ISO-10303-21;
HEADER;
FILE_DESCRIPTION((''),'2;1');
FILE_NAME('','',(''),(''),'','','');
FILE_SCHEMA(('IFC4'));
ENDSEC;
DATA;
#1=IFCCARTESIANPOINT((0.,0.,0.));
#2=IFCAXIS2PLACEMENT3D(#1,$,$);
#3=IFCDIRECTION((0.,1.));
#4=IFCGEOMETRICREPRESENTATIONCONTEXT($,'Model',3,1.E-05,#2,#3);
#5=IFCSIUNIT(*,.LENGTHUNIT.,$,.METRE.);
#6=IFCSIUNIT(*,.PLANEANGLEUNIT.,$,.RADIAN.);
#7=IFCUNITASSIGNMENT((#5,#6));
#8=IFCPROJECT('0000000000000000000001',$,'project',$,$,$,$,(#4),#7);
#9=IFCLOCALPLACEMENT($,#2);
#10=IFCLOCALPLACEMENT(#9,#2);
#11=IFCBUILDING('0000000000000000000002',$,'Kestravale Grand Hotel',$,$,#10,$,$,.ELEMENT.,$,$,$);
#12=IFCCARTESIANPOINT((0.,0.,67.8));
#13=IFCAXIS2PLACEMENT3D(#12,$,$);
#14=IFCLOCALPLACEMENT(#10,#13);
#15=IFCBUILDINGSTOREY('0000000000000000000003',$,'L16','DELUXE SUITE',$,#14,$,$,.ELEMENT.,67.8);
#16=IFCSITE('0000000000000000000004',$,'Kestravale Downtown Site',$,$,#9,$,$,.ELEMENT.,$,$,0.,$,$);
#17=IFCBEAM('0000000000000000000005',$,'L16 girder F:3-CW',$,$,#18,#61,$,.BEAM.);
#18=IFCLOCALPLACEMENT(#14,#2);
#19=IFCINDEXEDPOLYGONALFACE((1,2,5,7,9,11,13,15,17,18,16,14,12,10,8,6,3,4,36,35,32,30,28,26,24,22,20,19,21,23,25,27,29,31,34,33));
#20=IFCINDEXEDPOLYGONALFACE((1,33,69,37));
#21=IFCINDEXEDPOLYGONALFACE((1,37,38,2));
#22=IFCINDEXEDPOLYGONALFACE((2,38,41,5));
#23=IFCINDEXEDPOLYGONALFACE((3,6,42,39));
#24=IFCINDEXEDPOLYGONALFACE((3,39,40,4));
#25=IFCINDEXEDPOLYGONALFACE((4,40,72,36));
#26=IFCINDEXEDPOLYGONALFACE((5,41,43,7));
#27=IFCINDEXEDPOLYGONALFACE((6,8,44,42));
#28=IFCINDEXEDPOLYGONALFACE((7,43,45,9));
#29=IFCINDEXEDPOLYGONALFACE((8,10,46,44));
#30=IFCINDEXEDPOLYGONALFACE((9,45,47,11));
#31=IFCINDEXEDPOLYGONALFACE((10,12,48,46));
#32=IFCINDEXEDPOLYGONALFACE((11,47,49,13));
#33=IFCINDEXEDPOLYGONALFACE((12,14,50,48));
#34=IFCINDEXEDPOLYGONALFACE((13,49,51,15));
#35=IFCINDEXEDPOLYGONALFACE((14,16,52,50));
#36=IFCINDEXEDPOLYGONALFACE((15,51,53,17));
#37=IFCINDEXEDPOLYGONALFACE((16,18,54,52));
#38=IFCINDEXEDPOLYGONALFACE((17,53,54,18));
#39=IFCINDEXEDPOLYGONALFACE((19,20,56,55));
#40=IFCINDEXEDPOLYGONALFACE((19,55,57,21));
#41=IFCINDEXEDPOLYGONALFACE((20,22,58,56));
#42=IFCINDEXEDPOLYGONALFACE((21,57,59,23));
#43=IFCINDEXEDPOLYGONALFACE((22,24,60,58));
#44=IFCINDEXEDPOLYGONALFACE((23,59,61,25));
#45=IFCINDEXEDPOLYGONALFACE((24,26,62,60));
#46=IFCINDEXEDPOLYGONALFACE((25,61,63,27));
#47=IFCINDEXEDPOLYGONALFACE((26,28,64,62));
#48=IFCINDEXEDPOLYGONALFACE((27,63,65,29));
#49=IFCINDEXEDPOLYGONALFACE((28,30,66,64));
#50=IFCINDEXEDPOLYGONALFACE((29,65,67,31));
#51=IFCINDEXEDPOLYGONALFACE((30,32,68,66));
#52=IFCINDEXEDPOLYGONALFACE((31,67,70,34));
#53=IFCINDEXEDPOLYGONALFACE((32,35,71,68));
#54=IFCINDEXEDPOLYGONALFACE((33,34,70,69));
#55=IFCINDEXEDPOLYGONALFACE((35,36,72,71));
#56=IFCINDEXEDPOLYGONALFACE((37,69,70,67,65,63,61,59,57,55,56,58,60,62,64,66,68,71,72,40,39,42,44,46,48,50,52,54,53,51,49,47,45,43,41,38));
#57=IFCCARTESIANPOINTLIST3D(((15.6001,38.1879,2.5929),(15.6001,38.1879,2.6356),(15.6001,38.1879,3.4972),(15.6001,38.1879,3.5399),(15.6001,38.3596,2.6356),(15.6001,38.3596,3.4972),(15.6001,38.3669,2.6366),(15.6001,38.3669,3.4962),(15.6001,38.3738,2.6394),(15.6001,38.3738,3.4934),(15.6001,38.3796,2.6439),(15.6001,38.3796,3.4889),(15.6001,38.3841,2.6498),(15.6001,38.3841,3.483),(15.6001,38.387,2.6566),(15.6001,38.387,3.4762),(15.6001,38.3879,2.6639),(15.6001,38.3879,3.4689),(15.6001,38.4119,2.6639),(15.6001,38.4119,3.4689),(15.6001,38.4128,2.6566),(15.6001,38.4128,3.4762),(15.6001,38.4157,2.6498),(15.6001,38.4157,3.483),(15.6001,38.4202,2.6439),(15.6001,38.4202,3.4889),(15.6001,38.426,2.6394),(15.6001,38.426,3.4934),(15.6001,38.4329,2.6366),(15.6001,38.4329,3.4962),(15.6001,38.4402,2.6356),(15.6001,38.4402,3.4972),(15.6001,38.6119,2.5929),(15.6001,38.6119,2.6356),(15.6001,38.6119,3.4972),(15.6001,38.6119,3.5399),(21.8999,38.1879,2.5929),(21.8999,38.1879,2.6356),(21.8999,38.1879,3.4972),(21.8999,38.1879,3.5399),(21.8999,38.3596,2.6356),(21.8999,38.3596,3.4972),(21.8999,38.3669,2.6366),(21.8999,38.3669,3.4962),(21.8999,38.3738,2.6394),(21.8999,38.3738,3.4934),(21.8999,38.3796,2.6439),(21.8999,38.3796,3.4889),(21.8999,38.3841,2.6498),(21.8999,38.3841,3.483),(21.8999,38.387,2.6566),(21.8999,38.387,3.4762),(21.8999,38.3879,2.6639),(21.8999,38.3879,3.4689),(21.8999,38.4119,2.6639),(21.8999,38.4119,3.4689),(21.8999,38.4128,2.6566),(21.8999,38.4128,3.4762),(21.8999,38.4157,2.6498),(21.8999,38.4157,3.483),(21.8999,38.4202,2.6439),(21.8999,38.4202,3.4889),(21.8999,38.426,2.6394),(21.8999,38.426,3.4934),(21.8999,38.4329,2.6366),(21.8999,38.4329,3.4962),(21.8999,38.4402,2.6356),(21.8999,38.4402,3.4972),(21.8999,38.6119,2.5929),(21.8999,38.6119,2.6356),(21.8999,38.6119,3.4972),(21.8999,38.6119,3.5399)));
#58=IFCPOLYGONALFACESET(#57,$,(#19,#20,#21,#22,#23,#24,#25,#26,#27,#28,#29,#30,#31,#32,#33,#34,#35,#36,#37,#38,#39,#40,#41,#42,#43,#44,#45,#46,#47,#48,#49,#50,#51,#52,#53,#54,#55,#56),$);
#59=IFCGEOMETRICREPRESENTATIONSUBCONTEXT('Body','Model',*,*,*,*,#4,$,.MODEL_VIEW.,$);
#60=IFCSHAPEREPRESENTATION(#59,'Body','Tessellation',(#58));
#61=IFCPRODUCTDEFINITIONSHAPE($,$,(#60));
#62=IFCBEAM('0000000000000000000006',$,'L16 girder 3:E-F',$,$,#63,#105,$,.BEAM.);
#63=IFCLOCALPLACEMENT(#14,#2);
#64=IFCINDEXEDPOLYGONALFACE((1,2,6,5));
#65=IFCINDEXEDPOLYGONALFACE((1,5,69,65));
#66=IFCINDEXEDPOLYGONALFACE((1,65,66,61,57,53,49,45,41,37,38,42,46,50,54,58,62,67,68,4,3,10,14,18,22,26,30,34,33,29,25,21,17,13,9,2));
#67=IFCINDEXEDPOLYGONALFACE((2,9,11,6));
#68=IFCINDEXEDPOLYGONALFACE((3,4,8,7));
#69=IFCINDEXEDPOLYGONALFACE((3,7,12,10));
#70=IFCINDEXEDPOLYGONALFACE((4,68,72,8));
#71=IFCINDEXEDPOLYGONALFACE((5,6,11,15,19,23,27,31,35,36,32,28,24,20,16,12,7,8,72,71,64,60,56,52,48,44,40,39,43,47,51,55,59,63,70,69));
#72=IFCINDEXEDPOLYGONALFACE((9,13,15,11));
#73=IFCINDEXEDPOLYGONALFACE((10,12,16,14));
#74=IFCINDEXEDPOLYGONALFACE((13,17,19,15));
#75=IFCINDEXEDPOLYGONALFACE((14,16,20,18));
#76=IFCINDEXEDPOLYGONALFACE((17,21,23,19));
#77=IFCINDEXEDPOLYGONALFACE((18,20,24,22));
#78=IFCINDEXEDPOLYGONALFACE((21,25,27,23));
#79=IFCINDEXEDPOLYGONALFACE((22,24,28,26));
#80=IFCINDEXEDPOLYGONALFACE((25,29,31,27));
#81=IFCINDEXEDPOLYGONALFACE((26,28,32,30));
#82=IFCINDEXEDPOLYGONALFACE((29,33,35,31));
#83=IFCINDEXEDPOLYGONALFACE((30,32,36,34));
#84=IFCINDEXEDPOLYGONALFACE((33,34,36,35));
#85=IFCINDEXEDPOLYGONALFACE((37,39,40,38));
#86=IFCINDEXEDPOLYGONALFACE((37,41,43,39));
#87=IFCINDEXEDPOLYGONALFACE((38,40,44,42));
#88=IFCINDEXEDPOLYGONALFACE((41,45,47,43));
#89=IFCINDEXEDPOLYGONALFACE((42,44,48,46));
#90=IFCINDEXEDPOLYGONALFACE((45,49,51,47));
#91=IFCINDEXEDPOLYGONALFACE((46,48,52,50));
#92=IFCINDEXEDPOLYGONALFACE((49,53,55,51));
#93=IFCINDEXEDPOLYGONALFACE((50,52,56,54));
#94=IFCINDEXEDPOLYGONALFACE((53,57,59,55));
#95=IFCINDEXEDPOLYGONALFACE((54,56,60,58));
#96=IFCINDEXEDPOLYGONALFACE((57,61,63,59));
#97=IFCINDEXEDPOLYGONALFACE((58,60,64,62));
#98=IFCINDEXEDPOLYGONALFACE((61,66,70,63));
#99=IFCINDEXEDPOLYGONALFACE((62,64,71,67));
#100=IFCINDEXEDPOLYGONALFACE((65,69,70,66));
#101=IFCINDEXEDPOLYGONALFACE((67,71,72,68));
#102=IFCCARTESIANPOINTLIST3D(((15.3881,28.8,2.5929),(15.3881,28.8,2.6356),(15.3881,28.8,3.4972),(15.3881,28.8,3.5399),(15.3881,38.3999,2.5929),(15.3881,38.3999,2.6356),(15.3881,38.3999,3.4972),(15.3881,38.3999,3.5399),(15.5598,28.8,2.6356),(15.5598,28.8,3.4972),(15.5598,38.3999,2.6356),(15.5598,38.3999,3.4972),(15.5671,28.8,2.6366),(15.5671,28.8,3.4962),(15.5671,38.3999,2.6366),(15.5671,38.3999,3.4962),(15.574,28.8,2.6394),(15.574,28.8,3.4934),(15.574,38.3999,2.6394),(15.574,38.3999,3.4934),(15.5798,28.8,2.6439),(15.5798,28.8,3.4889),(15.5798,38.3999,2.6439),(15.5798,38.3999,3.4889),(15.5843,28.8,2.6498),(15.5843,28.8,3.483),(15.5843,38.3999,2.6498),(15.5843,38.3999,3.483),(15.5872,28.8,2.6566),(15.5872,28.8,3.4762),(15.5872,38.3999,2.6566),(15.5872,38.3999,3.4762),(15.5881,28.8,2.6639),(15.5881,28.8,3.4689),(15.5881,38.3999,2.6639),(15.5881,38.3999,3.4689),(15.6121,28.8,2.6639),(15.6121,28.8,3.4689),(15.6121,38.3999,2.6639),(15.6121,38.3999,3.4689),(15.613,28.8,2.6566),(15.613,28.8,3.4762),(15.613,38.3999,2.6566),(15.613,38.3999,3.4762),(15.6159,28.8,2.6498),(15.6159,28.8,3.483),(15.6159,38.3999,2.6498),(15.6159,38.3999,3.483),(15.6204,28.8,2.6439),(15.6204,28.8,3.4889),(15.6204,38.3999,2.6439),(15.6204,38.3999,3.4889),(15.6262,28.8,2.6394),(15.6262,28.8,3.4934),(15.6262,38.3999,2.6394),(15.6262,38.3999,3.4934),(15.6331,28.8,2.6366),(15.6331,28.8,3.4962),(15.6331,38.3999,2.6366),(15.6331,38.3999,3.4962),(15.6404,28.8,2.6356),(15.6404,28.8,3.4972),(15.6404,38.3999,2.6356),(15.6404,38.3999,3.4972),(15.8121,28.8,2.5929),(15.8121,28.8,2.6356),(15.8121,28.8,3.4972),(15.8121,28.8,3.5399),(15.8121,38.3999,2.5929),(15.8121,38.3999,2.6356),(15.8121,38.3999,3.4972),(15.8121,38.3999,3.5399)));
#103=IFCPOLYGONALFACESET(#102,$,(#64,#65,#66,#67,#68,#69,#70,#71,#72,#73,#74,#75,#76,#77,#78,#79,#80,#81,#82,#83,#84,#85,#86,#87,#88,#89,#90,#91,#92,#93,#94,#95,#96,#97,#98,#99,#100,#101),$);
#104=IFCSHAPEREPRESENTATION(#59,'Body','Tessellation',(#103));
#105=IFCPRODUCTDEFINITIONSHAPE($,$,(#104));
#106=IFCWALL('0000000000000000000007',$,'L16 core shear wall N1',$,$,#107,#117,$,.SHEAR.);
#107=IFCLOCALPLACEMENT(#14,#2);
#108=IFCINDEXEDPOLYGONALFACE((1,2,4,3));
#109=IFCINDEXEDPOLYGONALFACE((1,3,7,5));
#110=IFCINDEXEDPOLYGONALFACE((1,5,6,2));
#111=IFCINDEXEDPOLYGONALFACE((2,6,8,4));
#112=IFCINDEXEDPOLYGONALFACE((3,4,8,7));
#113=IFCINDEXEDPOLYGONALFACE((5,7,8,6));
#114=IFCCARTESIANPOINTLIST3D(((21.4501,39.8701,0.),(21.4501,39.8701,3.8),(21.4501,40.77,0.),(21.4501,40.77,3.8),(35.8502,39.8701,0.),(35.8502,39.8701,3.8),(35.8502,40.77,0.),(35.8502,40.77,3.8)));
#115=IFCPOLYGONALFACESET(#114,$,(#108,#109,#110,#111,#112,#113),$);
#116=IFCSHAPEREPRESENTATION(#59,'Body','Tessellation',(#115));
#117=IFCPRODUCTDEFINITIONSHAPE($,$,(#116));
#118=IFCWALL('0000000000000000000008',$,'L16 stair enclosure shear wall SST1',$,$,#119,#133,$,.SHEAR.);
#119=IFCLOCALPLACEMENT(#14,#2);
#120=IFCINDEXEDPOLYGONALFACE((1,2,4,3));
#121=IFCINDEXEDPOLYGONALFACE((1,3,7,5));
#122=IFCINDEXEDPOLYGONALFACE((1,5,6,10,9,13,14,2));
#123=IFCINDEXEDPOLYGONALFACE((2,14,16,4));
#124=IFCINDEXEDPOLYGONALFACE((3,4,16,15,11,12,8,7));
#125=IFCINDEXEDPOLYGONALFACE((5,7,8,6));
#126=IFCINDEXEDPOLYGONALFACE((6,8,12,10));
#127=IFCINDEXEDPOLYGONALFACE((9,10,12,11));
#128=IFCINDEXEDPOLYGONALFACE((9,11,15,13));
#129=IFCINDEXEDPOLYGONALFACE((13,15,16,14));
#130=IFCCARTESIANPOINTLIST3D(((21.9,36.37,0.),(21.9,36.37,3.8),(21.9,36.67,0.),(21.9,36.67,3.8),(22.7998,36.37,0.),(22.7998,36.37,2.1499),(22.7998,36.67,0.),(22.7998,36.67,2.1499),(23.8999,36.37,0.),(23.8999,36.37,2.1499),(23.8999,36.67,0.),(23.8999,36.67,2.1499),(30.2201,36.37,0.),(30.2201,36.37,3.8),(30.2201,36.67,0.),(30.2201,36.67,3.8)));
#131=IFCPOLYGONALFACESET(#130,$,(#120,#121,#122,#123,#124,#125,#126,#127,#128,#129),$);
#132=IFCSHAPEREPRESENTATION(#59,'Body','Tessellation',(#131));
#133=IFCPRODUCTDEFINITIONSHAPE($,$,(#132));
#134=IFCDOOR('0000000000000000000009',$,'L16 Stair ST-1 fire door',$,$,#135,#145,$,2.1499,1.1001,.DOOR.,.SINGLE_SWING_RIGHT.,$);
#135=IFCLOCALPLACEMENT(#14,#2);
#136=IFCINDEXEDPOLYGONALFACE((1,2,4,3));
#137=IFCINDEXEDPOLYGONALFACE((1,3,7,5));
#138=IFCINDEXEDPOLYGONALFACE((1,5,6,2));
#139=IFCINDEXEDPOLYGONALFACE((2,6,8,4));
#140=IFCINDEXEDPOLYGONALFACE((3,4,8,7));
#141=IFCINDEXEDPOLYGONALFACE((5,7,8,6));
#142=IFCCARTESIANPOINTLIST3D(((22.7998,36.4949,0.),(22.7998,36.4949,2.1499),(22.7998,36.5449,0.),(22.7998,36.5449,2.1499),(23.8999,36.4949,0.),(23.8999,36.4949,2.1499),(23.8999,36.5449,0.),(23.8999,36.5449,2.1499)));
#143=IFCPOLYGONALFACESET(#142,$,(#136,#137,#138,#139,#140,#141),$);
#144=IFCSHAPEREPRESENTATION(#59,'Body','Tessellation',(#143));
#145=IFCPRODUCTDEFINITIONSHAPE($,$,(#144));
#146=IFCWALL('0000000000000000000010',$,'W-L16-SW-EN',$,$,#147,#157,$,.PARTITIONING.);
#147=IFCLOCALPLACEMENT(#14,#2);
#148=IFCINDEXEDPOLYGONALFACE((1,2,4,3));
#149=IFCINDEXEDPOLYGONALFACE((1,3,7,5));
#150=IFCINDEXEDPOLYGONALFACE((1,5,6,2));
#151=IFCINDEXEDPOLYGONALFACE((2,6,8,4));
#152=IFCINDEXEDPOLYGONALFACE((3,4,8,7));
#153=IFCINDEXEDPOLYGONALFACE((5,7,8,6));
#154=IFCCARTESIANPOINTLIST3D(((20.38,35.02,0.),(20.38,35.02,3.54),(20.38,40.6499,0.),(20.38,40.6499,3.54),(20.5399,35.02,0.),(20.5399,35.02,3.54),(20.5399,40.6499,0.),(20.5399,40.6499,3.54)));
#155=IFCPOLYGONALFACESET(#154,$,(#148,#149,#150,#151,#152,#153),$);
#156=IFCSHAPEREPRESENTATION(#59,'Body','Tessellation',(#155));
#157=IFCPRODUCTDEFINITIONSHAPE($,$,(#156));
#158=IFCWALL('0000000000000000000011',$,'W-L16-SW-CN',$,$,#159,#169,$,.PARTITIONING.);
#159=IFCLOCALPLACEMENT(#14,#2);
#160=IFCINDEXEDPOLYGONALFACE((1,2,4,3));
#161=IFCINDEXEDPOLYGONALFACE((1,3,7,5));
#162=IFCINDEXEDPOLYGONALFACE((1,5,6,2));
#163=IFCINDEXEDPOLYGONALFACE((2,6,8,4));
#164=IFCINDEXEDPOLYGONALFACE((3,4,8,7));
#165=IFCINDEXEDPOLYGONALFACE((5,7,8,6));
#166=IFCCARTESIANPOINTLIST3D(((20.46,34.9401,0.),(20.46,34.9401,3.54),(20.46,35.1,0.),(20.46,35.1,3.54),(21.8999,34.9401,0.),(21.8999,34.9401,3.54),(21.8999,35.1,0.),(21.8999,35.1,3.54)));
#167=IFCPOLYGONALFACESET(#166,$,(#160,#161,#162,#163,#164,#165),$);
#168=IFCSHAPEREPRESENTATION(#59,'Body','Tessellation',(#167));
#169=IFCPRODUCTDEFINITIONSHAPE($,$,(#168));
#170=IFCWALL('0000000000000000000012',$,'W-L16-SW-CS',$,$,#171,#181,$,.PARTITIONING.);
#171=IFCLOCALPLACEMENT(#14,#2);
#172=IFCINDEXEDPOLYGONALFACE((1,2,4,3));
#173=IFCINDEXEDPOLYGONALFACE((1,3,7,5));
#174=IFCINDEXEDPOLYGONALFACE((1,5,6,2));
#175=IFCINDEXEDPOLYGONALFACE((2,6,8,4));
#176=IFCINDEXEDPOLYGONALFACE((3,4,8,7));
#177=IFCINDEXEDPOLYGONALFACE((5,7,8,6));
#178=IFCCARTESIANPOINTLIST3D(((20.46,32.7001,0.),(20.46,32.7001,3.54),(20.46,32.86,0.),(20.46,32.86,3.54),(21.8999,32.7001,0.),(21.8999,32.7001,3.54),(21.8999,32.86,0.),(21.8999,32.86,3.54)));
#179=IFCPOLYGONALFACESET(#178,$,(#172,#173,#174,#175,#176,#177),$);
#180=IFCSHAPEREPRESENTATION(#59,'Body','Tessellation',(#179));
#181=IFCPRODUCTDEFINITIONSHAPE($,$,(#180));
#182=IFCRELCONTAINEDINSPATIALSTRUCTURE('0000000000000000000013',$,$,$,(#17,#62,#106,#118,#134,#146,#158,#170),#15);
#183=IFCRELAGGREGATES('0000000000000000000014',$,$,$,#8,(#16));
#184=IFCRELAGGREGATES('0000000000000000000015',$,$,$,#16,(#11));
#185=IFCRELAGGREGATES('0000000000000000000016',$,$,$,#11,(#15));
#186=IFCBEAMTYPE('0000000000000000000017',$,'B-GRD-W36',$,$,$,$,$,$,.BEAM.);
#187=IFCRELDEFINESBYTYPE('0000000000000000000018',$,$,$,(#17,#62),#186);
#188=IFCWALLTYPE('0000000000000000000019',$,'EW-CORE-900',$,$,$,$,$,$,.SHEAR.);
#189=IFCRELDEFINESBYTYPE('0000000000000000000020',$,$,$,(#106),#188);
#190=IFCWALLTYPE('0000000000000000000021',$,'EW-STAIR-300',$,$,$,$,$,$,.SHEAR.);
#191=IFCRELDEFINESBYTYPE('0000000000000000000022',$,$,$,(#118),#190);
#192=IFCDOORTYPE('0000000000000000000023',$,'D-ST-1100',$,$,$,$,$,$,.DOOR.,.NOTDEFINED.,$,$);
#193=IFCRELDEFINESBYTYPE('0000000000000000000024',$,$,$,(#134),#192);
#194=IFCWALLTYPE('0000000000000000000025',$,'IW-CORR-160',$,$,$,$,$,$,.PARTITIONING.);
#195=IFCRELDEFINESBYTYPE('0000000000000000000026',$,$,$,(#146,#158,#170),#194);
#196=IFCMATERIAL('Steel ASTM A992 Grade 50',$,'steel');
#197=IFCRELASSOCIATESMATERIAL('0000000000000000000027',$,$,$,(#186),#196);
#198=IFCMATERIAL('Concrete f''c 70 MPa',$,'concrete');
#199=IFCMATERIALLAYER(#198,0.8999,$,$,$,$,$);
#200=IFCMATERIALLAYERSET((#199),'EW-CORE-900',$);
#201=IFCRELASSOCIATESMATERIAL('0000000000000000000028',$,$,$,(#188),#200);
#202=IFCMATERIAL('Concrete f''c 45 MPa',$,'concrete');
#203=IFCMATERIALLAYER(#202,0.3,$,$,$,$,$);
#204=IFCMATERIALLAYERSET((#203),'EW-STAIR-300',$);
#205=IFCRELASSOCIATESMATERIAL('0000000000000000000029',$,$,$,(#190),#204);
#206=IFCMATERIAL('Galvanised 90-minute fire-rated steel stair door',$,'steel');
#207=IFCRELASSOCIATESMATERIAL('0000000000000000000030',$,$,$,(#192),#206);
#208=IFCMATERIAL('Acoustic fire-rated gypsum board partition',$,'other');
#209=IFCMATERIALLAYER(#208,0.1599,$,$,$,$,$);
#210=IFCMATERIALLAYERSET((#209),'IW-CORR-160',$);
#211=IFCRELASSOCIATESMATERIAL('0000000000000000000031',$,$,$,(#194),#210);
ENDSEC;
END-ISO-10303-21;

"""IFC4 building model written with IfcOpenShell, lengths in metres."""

from ifc_helpers import new_model, si_unit, direction, frame, frame_2d, origin, origin_2d, place, context, subcontext, project, spatial, rectangle, i_section, extrude, material, layer, layer_set, material_profile, profile_set, type_object, element, fill, save


model = new_model("IFC4")

# Units and contexts
model_context = context("Model", 3, precision=1e-05, world=origin(), true_north=direction((0.0, 1.0)))
body_context = subcontext(model_context, "Body", "Model", "MODEL_VIEW")
ifc_project = project(units=[si_unit("LENGTHUNIT", "METRE"), si_unit("PLANEANGLEUNIT", "RADIAN")], contexts=[model_context])

# Site, building, storey
site_placement = place(None, origin())
site = spatial("IfcSite", under=ifc_project, at=site_placement, Name="Kestravale Downtown Site", CompositionType="ELEMENT", RefElevation=0.0)
building_placement = place(site_placement, origin())
building = spatial("IfcBuilding", under=site, at=building_placement, Name="Kestravale Grand Hotel", CompositionType="ELEMENT")
storey_placement = place(building_placement, frame((0.0, 0.0, 67.8)))
storey = spatial("IfcBuildingStorey", under=building, at=storey_placement, Name="L16", Description="DELUXE SUITE", CompositionType="ELEMENT", Elevation=67.8)

# Beams
ifc_material_1 = material(Name="Steel ASTM A992 Grade 50", Category="steel")
ifc_material_profile_1 = material_profile(ifc_material_1, i_section(OverallWidth=0.4241, OverallDepth=0.947, WebThickness=0.0239, FlangeThickness=0.0427, FilletRadius=0.0283, at=origin_2d()))
ifc_profile_set_1 = profile_set([ifc_material_profile_1], Name="Steel ASTM A992 Grade 50")
beam_type_1 = type_object("IfcBeamType", Name="B-GRD-W36", PredefinedType="BEAM", material=ifc_profile_set_1)
for number, where, z_axis, x_axis, name in (
    (1, (15.6001, 38.3999, 3.0664), (1.0, 0.0, 0.0), (0.0, 1.0, 0.0), "L16 girder F:3-CW"),
):
    element("IfcBeam", number, at=place(storey_placement, frame(where, z_axis=z_axis, x_axis=x_axis)), inside=storey, type_object=beam_type_1, Name=name, PredefinedType="BEAM", context=body_context, shape_type="SweptSolid", body=[
        extrude(i_section(OverallWidth=0.4241, OverallDepth=0.947, WebThickness=0.0239, FlangeThickness=0.0427, FilletRadius=0.0283, at=origin_2d()), origin(), (0.0, 0.0, 1.0), 6.2998),
    ])
beam_1_placement = place(storey_placement, frame((15.6001, 28.8, 3.0664), z_axis=(0.0, 1.0, 0.0), x_axis=(-1.0, 0.0, 0.0)))
element("IfcBeam", 2, at=beam_1_placement, inside=storey, type_object=beam_type_1, Name="L16 girder 3:E-F", PredefinedType="BEAM", context=body_context, shape_type="SweptSolid", body=[
    extrude(i_section(OverallWidth=0.4241, OverallDepth=0.947, WebThickness=0.0239, FlangeThickness=0.0427, FilletRadius=0.0283, at=origin_2d()), origin(), (0.0, 0.0, 1.0), 9.5999),
])

# Wall
ifc_material_2 = material(Name="Concrete f'c 70 MPa", Category="concrete")
ifc_layer_1 = layer(ifc_material_2, 0.8999)
ifc_layer_set_1 = layer_set([ifc_layer_1], Name="EW-CORE-900")
wall_type_1 = type_object("IfcWallType", Name="EW-CORE-900", PredefinedType="SHEAR", material=ifc_layer_set_1)
wall_1_placement = place(storey_placement, frame((21.45, 40.3201, 0.0), z_axis=(0.0, 0.0, 1.0), x_axis=(1.0, 0.0, 0.0)))
element("IfcWall", 3, at=wall_1_placement, inside=storey, type_object=wall_type_1, Name="L16 core shear wall N1", PredefinedType="SHEAR", context=body_context, shape_type="SweptSolid", body=[
    extrude(rectangle(XDim=14.4001, YDim=0.8999, at=frame_2d((7.2002, 0.0))), origin(), (0.0, 0.0, 1.0), 3.8),
])

# Wall, opening, door
ifc_material_3 = material(Name="Concrete f'c 45 MPa", Category="concrete")
ifc_layer_2 = layer(ifc_material_3, 0.3)
ifc_layer_set_2 = layer_set([ifc_layer_2], Name="EW-STAIR-300")
wall_type_2 = type_object("IfcWallType", Name="EW-STAIR-300", PredefinedType="SHEAR", material=ifc_layer_set_2)
wall_2_placement = place(storey_placement, frame((21.8999, 36.52, 0.0), z_axis=(0.0, 0.0, 1.0), x_axis=(1.0, 0.0, 0.0)))
wall_2 = element("IfcWall", 4, at=wall_2_placement, inside=storey, type_object=wall_type_2, Name="L16 stair enclosure shear wall SST1", PredefinedType="SHEAR", context=body_context, shape_type="SweptSolid", body=[
    extrude(rectangle(XDim=8.3201, YDim=0.3, at=frame_2d((4.1602, 0.0))), origin(), (0.0, 0.0, 1.0), 3.8),
])
opening_1_placement = place(wall_2_placement, frame((0.8999, 0.0, 0.0)))
opening_1 = element("IfcOpeningElement", 5, at=opening_1_placement, cuts=wall_2, PredefinedType="OPENING", context=body_context, shape_type="SweptSolid", body=[
    extrude(rectangle(XDim=1.1001, YDim=2.1499, at=frame_2d((0.55, 1.075))), frame((0.0, 0.1599, 0.0), z_axis=(0.0, -1.0, 0.0), x_axis=(1.0, 0.0, 0.0)), (0.0, 0.0, 1.0), 0.3201),
])
ifc_material_4 = material(Name="Galvanised 90-minute fire-rated steel stair door", Category="steel")
door_type_1 = type_object("IfcDoorType", Name="D-ST-1100", OperationType="NOTDEFINED", PredefinedType="DOOR", material=ifc_material_4)
door_1_placement = place(opening_1_placement, origin())
door_1 = element("IfcDoor", 6, at=door_1_placement, inside=storey, type_object=door_type_1, Name="L16 Stair ST-1 fire door", OperationType="SINGLE_SWING_RIGHT", OverallHeight=2.1499, OverallWidth=1.1001, PredefinedType="DOOR", context=body_context, shape_type="SweptSolid", body=[
    extrude(rectangle(XDim=1.1001, YDim=2.1499, at=frame_2d((0.55, 1.075))), frame((0.0, 0.0249, 0.0), z_axis=(0.0, -1.0, 0.0), x_axis=(1.0, 0.0, 0.0)), (0.0, 0.0, 1.0), 0.05),
])
fill(opening_1, door_1)

# Walls
ifc_material_5 = material(Name="Acoustic fire-rated gypsum board partition", Category="other")
ifc_layer_3 = layer(ifc_material_5, 0.1599)
ifc_layer_set_3 = layer_set([ifc_layer_3], Name="IW-CORR-160")
wall_type_3 = type_object("IfcWallType", Name="IW-CORR-160", PredefinedType="PARTITIONING", material=ifc_layer_set_3)
wall_3_placement = place(storey_placement, frame((20.46, 35.02, 0.0), z_axis=(0.0, 0.0, 1.0), x_axis=(0.0, 1.0, 0.0)))
element("IfcWall", 7, at=wall_3_placement, inside=storey, type_object=wall_type_3, Name="W-L16-SW-EN", PredefinedType="PARTITIONING", context=body_context, shape_type="SweptSolid", body=[
    extrude(rectangle(XDim=5.6299, YDim=0.1599, at=frame_2d((2.8149, 0.0))), origin(), (0.0, 0.0, 1.0), 3.54),
])
for number, where, z_axis, x_axis, name in (
    (8, (20.46, 35.02, 0.0), (0.0, 0.0, 1.0), (1.0, 0.0, 0.0), "W-L16-SW-CN"),
    (9, (20.46, 32.78, 0.0), (0.0, 0.0, 1.0), (1.0, 0.0, 0.0), "W-L16-SW-CS"),
):
    element("IfcWall", number, at=place(storey_placement, frame(where, z_axis=z_axis, x_axis=x_axis)), inside=storey, type_object=wall_type_3, Name=name, PredefinedType="PARTITIONING", context=body_context, shape_type="SweptSolid", body=[
        extrude(rectangle(XDim=1.4399, YDim=0.1599, at=frame_2d((0.72, 0.0))), origin(), (0.0, 0.0, 1.0), 3.54),
    ])

save(model, "model.ifc")
